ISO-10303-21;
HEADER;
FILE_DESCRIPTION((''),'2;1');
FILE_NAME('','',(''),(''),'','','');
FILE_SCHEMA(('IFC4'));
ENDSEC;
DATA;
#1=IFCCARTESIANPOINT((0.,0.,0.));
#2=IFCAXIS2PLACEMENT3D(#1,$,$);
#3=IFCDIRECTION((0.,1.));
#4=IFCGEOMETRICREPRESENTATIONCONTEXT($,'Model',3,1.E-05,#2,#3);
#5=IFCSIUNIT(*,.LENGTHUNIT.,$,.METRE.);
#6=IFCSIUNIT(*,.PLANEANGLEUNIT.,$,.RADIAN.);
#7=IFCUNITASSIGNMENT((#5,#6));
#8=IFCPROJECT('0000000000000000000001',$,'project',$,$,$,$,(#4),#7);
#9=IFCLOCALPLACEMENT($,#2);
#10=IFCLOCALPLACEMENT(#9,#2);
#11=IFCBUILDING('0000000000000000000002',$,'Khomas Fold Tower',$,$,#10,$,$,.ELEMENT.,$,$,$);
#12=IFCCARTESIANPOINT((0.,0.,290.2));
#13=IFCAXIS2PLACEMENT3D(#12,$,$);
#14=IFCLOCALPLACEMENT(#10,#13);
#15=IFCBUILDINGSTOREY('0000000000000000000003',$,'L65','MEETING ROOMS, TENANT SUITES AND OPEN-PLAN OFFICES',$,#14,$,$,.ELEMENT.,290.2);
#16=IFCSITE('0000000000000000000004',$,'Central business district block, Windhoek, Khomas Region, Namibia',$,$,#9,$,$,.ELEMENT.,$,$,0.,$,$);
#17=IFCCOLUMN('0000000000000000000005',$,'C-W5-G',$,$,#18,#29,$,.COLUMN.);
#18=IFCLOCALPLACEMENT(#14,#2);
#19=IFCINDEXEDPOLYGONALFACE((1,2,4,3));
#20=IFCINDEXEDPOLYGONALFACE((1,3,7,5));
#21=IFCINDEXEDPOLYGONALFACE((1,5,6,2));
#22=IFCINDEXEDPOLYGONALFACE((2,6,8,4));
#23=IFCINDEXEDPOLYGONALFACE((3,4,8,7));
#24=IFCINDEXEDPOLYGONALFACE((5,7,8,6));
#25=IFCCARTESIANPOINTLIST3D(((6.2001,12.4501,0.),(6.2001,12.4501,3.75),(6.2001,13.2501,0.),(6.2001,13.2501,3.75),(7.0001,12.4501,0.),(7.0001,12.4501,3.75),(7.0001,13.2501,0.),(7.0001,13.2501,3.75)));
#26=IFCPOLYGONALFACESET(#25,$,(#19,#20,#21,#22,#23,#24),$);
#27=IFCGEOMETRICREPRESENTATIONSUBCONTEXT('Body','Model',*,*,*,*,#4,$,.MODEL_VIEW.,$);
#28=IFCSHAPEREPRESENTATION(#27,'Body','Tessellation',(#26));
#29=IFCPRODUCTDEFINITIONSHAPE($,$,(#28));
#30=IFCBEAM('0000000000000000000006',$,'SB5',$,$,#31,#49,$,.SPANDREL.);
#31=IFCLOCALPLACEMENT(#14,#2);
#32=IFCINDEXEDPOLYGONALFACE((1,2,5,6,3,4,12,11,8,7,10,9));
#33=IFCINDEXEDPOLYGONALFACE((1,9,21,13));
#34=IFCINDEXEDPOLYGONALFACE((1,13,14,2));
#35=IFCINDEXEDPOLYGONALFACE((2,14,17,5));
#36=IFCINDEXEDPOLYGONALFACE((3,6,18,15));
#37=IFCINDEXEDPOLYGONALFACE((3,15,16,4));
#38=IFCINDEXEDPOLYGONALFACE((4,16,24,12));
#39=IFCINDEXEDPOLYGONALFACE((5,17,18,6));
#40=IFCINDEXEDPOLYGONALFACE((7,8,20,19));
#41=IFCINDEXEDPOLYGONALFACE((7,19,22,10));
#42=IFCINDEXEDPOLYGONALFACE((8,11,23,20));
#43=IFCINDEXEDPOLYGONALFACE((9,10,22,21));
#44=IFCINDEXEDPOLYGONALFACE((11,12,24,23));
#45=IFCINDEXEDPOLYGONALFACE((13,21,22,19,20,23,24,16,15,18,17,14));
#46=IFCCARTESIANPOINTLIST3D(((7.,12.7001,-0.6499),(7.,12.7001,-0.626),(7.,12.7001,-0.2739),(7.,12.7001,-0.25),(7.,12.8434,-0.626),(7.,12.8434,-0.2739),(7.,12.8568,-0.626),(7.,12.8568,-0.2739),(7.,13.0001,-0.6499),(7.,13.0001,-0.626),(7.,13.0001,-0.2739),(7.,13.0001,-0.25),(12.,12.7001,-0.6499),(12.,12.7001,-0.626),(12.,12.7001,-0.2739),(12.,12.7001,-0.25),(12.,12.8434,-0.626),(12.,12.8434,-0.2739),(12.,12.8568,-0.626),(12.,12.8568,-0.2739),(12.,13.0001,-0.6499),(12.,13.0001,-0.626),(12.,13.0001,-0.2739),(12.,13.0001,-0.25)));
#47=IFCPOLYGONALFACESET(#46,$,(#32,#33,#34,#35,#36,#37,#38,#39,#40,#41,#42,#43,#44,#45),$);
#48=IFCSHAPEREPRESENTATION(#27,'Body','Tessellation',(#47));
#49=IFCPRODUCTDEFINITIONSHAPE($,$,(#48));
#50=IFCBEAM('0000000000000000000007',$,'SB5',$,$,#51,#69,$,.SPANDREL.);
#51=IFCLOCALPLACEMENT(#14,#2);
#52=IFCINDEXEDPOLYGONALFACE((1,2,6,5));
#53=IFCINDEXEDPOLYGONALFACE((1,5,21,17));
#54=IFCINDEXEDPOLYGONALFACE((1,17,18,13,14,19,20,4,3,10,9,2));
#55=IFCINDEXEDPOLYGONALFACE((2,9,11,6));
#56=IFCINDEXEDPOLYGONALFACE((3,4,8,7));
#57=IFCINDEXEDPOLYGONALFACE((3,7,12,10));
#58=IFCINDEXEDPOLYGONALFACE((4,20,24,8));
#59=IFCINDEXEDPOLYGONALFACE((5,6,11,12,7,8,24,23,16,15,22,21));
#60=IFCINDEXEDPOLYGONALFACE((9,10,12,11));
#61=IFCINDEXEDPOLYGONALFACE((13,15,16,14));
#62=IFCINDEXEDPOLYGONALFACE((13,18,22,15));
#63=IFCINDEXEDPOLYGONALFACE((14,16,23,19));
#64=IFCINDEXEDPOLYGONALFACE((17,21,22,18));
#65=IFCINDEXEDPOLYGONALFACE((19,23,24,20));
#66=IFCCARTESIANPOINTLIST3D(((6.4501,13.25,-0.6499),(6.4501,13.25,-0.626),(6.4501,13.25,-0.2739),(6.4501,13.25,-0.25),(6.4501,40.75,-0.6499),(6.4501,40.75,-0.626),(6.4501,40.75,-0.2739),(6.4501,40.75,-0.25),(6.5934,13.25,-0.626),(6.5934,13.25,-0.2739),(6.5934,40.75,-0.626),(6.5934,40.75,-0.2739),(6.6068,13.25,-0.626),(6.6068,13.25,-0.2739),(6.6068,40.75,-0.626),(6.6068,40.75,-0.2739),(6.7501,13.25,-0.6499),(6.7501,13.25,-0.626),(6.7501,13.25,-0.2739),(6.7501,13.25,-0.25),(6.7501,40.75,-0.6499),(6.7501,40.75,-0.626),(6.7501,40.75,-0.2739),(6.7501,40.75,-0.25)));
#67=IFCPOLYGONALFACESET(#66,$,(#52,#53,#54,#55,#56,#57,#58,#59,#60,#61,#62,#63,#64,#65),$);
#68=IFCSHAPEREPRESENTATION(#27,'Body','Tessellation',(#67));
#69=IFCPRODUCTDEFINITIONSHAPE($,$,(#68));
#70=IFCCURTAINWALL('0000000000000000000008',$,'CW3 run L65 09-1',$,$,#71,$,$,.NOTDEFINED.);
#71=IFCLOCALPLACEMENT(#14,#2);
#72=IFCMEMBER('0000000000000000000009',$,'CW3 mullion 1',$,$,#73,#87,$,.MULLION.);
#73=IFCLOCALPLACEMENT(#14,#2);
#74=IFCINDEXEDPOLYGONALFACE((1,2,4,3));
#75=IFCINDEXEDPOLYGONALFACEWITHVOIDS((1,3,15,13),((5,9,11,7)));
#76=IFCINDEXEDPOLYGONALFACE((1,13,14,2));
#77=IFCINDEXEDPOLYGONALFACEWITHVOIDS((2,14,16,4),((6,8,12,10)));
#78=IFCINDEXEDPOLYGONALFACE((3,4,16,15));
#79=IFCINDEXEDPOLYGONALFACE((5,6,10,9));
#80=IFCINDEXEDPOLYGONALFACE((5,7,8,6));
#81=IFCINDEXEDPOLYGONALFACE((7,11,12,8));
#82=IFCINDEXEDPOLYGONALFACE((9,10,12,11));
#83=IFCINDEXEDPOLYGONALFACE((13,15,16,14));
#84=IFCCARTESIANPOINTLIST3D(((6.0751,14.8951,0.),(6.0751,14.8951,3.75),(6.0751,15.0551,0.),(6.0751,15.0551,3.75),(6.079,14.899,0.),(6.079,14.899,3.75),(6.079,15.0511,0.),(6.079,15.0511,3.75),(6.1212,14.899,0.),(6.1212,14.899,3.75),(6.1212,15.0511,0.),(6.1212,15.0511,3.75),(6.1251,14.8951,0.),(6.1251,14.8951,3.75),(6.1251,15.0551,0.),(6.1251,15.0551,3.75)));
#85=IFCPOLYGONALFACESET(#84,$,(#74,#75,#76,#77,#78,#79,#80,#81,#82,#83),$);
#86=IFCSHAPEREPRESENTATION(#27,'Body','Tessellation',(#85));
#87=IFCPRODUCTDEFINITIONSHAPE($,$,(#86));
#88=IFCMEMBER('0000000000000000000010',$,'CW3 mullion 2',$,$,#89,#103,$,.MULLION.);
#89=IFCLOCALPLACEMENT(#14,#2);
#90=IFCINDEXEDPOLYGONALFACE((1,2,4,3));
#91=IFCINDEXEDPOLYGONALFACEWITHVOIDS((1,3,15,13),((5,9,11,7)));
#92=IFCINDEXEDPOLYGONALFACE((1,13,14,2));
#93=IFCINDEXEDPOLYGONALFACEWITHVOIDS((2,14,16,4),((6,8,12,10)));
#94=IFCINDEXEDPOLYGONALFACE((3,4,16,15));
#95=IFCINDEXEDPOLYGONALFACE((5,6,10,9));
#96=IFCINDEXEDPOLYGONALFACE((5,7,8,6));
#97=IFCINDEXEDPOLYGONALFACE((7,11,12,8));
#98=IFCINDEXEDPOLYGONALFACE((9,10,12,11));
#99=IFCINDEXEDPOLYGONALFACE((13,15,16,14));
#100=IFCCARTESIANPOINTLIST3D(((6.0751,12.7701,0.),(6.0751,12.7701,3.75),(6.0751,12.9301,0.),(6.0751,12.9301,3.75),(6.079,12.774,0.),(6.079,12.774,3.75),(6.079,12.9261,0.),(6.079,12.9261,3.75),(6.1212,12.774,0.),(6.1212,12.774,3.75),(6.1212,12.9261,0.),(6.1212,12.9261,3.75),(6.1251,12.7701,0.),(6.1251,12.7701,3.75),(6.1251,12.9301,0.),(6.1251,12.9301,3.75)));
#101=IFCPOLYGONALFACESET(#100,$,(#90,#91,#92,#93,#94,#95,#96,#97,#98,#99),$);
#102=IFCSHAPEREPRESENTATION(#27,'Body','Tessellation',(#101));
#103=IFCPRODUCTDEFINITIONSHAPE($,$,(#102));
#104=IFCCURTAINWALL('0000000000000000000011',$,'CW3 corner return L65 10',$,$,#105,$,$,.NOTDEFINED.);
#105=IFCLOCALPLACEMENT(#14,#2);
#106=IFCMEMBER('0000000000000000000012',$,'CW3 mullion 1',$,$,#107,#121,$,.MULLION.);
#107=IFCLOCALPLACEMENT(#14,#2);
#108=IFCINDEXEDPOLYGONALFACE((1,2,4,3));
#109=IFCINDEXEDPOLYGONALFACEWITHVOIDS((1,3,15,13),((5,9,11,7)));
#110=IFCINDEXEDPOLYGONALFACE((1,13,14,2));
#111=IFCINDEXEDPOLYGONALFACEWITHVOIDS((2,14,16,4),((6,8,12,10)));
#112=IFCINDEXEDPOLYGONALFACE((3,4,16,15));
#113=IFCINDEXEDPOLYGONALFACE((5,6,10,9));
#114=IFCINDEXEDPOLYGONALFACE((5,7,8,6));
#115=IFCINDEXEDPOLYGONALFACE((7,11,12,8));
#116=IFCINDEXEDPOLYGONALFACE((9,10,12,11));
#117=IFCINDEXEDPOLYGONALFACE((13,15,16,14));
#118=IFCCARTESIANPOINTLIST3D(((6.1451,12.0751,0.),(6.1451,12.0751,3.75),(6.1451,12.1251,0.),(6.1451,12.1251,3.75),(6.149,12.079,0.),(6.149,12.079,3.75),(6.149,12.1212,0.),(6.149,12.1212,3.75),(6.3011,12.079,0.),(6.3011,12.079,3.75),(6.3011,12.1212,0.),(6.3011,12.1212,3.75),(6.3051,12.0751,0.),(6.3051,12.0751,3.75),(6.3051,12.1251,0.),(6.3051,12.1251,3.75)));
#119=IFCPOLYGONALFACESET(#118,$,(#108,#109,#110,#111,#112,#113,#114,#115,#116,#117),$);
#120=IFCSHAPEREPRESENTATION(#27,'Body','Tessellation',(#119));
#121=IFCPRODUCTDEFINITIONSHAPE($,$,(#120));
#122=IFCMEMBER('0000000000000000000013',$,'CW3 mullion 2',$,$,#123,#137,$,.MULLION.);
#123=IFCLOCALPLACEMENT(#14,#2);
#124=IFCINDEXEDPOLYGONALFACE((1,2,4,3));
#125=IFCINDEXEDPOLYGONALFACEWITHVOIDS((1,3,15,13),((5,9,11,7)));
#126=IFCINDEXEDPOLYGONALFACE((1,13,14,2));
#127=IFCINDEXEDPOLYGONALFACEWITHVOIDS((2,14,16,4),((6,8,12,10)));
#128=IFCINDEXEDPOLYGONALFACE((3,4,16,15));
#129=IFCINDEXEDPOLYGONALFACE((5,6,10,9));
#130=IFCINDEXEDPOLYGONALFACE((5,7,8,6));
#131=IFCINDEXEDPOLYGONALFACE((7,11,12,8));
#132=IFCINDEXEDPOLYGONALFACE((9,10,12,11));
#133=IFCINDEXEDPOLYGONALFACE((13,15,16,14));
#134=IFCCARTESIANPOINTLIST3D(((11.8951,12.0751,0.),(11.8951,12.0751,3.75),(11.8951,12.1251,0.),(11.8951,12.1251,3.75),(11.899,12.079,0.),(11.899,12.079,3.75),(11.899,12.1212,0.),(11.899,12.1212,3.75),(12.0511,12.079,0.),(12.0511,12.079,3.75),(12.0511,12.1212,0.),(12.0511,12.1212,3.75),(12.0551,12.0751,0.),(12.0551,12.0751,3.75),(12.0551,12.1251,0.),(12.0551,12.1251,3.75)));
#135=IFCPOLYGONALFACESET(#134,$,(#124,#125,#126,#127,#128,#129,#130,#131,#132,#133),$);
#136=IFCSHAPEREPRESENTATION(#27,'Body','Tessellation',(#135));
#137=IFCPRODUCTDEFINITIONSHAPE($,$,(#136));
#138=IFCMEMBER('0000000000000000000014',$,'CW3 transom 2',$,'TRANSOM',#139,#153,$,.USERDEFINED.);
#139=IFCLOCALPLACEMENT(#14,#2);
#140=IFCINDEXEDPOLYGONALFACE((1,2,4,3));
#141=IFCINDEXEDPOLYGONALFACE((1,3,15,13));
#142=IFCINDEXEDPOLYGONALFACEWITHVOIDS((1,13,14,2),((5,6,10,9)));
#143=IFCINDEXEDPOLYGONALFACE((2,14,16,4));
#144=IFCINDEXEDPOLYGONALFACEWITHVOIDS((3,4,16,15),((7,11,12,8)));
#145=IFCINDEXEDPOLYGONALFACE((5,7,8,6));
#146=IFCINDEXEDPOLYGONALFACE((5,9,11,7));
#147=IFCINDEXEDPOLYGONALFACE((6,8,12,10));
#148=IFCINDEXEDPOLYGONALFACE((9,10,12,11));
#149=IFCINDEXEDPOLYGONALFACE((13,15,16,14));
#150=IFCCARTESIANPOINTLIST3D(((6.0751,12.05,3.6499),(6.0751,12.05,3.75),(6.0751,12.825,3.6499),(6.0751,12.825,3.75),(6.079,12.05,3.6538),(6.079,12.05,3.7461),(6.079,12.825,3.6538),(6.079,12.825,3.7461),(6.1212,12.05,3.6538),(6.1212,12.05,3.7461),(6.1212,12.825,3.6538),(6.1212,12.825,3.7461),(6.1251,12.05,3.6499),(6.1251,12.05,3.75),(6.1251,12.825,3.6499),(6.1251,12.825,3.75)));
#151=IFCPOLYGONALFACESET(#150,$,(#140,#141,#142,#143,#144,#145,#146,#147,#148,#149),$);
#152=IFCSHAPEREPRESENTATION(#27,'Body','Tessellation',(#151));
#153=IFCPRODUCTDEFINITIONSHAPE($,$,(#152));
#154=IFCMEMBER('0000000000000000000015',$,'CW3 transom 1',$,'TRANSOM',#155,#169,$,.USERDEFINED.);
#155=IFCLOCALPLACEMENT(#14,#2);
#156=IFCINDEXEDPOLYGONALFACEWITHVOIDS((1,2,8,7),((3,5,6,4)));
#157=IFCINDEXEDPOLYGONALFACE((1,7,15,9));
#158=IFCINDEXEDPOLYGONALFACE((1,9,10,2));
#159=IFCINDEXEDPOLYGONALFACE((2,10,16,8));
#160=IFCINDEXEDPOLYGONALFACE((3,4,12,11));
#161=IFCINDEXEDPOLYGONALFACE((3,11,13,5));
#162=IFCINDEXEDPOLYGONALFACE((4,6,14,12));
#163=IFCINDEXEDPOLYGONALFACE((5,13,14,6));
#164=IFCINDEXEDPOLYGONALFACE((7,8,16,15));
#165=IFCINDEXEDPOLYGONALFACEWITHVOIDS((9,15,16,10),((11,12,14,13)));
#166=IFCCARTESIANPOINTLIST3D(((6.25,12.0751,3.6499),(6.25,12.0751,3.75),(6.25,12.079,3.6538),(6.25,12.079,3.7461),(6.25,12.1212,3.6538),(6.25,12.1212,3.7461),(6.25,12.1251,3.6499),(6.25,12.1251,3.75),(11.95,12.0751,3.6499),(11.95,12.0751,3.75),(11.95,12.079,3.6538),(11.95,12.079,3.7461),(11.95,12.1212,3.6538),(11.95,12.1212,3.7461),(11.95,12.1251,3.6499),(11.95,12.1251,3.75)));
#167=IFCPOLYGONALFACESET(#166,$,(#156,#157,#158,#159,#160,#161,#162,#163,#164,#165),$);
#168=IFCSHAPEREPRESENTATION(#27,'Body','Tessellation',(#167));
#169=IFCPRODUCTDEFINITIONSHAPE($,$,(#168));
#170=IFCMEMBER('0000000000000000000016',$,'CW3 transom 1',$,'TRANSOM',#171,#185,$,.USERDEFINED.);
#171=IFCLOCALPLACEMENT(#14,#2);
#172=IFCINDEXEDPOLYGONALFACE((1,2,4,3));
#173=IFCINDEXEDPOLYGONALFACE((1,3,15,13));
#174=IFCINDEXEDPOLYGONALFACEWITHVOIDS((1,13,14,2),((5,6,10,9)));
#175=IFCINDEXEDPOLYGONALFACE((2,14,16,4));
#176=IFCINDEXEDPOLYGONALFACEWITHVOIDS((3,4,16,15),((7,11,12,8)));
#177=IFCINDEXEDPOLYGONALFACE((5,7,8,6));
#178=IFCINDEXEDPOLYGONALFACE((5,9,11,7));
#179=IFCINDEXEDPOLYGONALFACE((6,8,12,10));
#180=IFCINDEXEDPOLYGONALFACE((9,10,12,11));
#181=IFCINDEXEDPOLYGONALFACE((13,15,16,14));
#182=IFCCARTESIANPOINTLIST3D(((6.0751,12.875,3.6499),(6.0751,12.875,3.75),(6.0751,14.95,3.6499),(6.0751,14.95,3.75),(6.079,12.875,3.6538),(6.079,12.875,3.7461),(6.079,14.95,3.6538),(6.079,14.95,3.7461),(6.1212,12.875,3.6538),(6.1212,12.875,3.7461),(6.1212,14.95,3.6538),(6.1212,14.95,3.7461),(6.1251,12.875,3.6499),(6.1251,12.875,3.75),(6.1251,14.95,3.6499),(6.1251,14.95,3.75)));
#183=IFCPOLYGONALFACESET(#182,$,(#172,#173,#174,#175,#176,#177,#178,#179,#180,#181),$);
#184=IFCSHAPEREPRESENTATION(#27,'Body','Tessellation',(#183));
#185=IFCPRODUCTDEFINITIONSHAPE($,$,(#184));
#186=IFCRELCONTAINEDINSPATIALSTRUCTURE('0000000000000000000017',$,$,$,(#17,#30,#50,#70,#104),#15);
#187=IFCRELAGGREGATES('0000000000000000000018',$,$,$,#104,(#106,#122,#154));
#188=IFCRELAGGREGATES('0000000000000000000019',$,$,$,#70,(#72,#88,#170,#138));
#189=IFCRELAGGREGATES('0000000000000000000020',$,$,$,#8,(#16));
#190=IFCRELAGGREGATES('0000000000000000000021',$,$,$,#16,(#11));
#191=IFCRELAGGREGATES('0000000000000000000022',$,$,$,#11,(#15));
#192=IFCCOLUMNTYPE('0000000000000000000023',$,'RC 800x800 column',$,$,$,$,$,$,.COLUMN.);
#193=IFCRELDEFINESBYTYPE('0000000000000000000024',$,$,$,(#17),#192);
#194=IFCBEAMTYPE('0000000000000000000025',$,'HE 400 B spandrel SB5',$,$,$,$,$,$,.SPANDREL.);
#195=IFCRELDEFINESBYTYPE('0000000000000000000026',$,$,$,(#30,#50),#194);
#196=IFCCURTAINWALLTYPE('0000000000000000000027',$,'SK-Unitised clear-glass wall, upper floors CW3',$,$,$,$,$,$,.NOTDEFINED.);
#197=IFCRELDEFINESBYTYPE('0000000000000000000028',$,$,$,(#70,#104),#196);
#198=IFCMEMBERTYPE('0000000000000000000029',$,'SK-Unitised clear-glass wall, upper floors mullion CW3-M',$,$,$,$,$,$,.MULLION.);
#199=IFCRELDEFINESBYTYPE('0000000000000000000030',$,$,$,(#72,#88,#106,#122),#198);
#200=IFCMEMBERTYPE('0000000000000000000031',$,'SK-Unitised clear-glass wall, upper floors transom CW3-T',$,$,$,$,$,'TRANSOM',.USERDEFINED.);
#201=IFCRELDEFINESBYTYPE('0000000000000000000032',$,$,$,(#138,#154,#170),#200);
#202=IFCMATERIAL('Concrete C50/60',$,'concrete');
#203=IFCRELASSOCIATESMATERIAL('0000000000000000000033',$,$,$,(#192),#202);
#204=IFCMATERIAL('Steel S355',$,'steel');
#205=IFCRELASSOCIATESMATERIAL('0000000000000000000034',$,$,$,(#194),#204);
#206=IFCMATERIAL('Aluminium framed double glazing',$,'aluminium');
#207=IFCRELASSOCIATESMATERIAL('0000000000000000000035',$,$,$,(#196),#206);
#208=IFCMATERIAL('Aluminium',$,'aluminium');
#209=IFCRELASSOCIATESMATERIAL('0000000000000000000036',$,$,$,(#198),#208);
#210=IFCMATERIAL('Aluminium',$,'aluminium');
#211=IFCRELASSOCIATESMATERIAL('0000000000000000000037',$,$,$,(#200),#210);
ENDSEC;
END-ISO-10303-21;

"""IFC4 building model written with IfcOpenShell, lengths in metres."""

from ifc_helpers import new_model, si_unit, direction, frame, origin, origin_2d, place, context, subcontext, project, spatial, rectangle, hollow_rectangle, i_section, extrude, source, transform, mapped, material, material_profile, profile_set, type_object, element, aggregate, save


model = new_model("IFC4")

# Units and contexts
model_context = context("Model", 3, precision=1e-05, world=origin(), true_north=direction((0.0, 1.0)))
body_context = subcontext(model_context, "Body", "Model", "MODEL_VIEW")
ifc_project = project(units=[si_unit("LENGTHUNIT", "METRE"), si_unit("PLANEANGLEUNIT", "RADIAN")], contexts=[model_context])

# Site, building, storey
site_placement = place(None, origin())
site = spatial("IfcSite", under=ifc_project, at=site_placement, Name="Central business district block, Windhoek, Khomas Region, Namibia", CompositionType="ELEMENT", RefElevation=0.0)
building_placement = place(site_placement, origin())
building = spatial("IfcBuilding", under=site, at=building_placement, Name="Khomas Fold Tower", CompositionType="ELEMENT")
storey_placement = place(building_placement, frame((0.0, 0.0, 290.2)))
storey = spatial("IfcBuildingStorey", under=building, at=storey_placement, Name="L65", Description="MEETING ROOMS, TENANT SUITES AND OPEN-PLAN OFFICES", CompositionType="ELEMENT", Elevation=290.2)

# Column
ifc_material_1 = material(Name="Concrete C50/60", Category="concrete")
ifc_material_profile_1 = material_profile(ifc_material_1, rectangle(XDim=0.8, YDim=0.8, at=origin_2d()), Name="RC 800x800")
ifc_profile_set_1 = profile_set([ifc_material_profile_1], Name="Concrete C50/60")
column_type = type_object("IfcColumnType", Name="RC 800x800 column", PredefinedType="COLUMN", material=ifc_profile_set_1)
shared_shape_1 = source(origin(), body_context, "Body", "SweptSolid", [
    extrude(rectangle(XDim=0.8, YDim=0.8, at=origin_2d()), origin(), (0.0, 0.0, 1.0), 3.75),
])
column_placement = place(storey_placement, frame((6.6001, 12.8501, 0.0), z_axis=(0.0, 0.0, 1.0), x_axis=(1.0, 0.0, 0.0)))
element("IfcColumn", 1, at=column_placement, inside=storey, type_object=column_type, Name="C-W5-G", PredefinedType="COLUMN", context=body_context, shape_type="MappedRepresentation", body=[
    mapped(shared_shape_1, transform((0.0, 0.0, 0.0))),
])

# Beams
ifc_material_2 = material(Name="Steel S355", Category="steel")
ifc_material_profile_2 = material_profile(ifc_material_2, i_section(OverallWidth=0.3, OverallDepth=0.3999, WebThickness=0.0134, FlangeThickness=0.0239, at=origin_2d()), Name="HE 400 B")
ifc_profile_set_2 = profile_set([ifc_material_profile_2], Name="Steel S355")
beam_type = type_object("IfcBeamType", Name="HE 400 B spandrel SB5", PredefinedType="SPANDREL", material=ifc_profile_set_2)
shared_shape_2 = source(origin(), body_context, "Body", "SweptSolid", [
    extrude(i_section(OverallWidth=0.3, OverallDepth=0.3999, WebThickness=0.0134, FlangeThickness=0.0239, at=origin_2d()), origin(), (0.0, 0.0, 1.0), 5.0),
])
beam_1_placement = place(storey_placement, frame((7.0, 12.8501, -0.45), z_axis=(1.0, 0.0, 0.0), x_axis=(0.0, 1.0, 0.0)))
element("IfcBeam", 2, at=beam_1_placement, inside=storey, type_object=beam_type, Name="SB5", PredefinedType="SPANDREL", context=body_context, shape_type="MappedRepresentation", body=[
    mapped(shared_shape_2, transform((0.0, 0.0, 0.0))),
])
shared_shape_3 = source(origin(), body_context, "Body", "SweptSolid", [
    extrude(i_section(OverallWidth=0.3, OverallDepth=0.3999, WebThickness=0.0134, FlangeThickness=0.0239, at=origin_2d()), origin(), (0.0, 0.0, 1.0), 27.5),
])
beam_2_placement = place(storey_placement, frame((6.6001, 13.25, -0.45), z_axis=(0.0, 1.0, 0.0), x_axis=(-1.0, 0.0, 0.0)))
element("IfcBeam", 3, at=beam_2_placement, inside=storey, type_object=beam_type, Name="SB5", PredefinedType="SPANDREL", context=body_context, shape_type="MappedRepresentation", body=[
    mapped(shared_shape_3, transform((0.0, 0.0, 0.0))),
])

# Curtain walls, members
ifc_material_3 = material(Name="Aluminium framed double glazing", Category="aluminium")
curtain_wall_type = type_object("IfcCurtainWallType", Name="SK-Unitised clear-glass wall, upper floors CW3", PredefinedType="NOTDEFINED", material=ifc_material_3)
curtain_wall_1_placement = place(storey_placement, origin())
curtain_wall_1 = element("IfcCurtainWall", 4, at=curtain_wall_1_placement, inside=storey, type_object=curtain_wall_type, Name="CW3 run L65 09-1", PredefinedType="NOTDEFINED")
ifc_material_4 = material(Name="Aluminium", Category="aluminium")
ifc_material_profile_3 = material_profile(ifc_material_4, hollow_rectangle(XDim=0.05, YDim=0.1599, WallThickness=0.0039, at=origin_2d()), Name="SK-Unitised clear-glass wall, upper floors mullion CW3-M")
ifc_profile_set_3 = profile_set([ifc_material_profile_3], Name="Aluminium")
member_type_1 = type_object("IfcMemberType", Name="SK-Unitised clear-glass wall, upper floors mullion CW3-M", PredefinedType="MULLION", material=ifc_profile_set_3)
shared_shape_4 = source(origin(), body_context, "Body", "SweptSolid", [
    extrude(hollow_rectangle(XDim=0.05, YDim=0.1599, WallThickness=0.0039, at=origin_2d()), origin(), (0.0, 0.0, 1.0), 3.75),
])
member_1_placement = place(storey_placement, frame((6.1001, 14.9751, 0.0), z_axis=(0.0, 0.0, 1.0), x_axis=(1.0, 0.0, 0.0)))
member_1 = element("IfcMember", 5, at=member_1_placement, type_object=member_type_1, Name="CW3 mullion 1", PredefinedType="MULLION", context=body_context, shape_type="MappedRepresentation", body=[
    mapped(shared_shape_4, transform((0.0, 0.0, 0.0))),
])
member_2_placement = place(storey_placement, frame((6.1001, 12.8501, 0.0), z_axis=(0.0, 0.0, 1.0), x_axis=(1.0, 0.0, 0.0)))
member_2 = element("IfcMember", 6, at=member_2_placement, type_object=member_type_1, Name="CW3 mullion 2", PredefinedType="MULLION", context=body_context, shape_type="MappedRepresentation", body=[
    mapped(shared_shape_4, transform((0.0, 0.0, 0.0))),
])
curtain_wall_2_placement = place(storey_placement, origin())
curtain_wall_2 = element("IfcCurtainWall", 7, at=curtain_wall_2_placement, inside=storey, type_object=curtain_wall_type, Name="CW3 corner return L65 10", PredefinedType="NOTDEFINED")
member_3_placement = place(storey_placement, frame((6.2251, 12.1001, 0.0), z_axis=(0.0, 0.0, 1.0), x_axis=(0.0, 1.0, 0.0)))
member_3 = element("IfcMember", 8, at=member_3_placement, type_object=member_type_1, Name="CW3 mullion 1", PredefinedType="MULLION", context=body_context, shape_type="MappedRepresentation", body=[
    mapped(shared_shape_4, transform((0.0, 0.0, 0.0))),
])
member_4_placement = place(storey_placement, frame((11.9751, 12.1001, 0.0), z_axis=(0.0, 0.0, 1.0), x_axis=(0.0, 1.0, 0.0)))
member_4 = element("IfcMember", 9, at=member_4_placement, type_object=member_type_1, Name="CW3 mullion 2", PredefinedType="MULLION", context=body_context, shape_type="MappedRepresentation", body=[
    mapped(shared_shape_4, transform((0.0, 0.0, 0.0))),
])

# Members
ifc_material_5 = material(Name="Aluminium", Category="aluminium")
ifc_material_profile_4 = material_profile(ifc_material_5, hollow_rectangle(XDim=0.05, YDim=0.1001, WallThickness=0.0039, at=origin_2d()), Name="SK-Unitised clear-glass wall, upper floors transom CW3-T")
ifc_profile_set_4 = profile_set([ifc_material_profile_4], Name="Aluminium")
member_type_2 = type_object("IfcMemberType", Name="SK-Unitised clear-glass wall, upper floors transom CW3-T", ElementType="TRANSOM", PredefinedType="USERDEFINED", material=ifc_profile_set_4)
shared_shape_5 = source(origin(), body_context, "Body", "SweptSolid", [
    extrude(hollow_rectangle(XDim=0.05, YDim=0.1001, WallThickness=0.0039, at=origin_2d()), origin(), (0.0, 0.0, 1.0), 0.7749),
])
member_5_placement = place(storey_placement, frame((6.1001, 12.825, 3.7), z_axis=(0.0, -1.0, 0.0), x_axis=(1.0, 0.0, 0.0)))
member_5 = element("IfcMember", 10, at=member_5_placement, type_object=member_type_2, Name="CW3 transom 2", ObjectType="TRANSOM", PredefinedType="USERDEFINED", context=body_context, shape_type="MappedRepresentation", body=[
    mapped(shared_shape_5, transform((0.0, 0.0, 0.0))),
])
shared_shape_6 = source(origin(), body_context, "Body", "SweptSolid", [
    extrude(hollow_rectangle(XDim=0.05, YDim=0.1001, WallThickness=0.0039, at=origin_2d()), origin(), (0.0, 0.0, 1.0), 5.7),
])
member_6_placement = place(storey_placement, frame((6.25, 12.1001, 3.7), z_axis=(1.0, 0.0, 0.0), x_axis=(0.0, 1.0, 0.0)))
member_6 = element("IfcMember", 11, at=member_6_placement, type_object=member_type_2, Name="CW3 transom 1", ObjectType="TRANSOM", PredefinedType="USERDEFINED", context=body_context, shape_type="MappedRepresentation", body=[
    mapped(shared_shape_6, transform((0.0, 0.0, 0.0))),
])
shared_shape_7 = source(origin(), body_context, "Body", "SweptSolid", [
    extrude(hollow_rectangle(XDim=0.05, YDim=0.1001, WallThickness=0.0039, at=origin_2d()), origin(), (0.0, 0.0, 1.0), 2.075),
])
member_7_placement = place(storey_placement, frame((6.1001, 14.95, 3.7), z_axis=(0.0, -1.0, 0.0), x_axis=(1.0, 0.0, 0.0)))
member_7 = element("IfcMember", 12, at=member_7_placement, type_object=member_type_2, Name="CW3 transom 1", ObjectType="TRANSOM", PredefinedType="USERDEFINED", context=body_context, shape_type="MappedRepresentation", body=[
    mapped(shared_shape_7, transform((0.0, 0.0, 0.0))),
])

aggregate(curtain_wall_2, [member_3, member_4, member_6])
aggregate(curtain_wall_1, [member_1, member_2, member_7, member_5])

save(model, "model.ifc")
